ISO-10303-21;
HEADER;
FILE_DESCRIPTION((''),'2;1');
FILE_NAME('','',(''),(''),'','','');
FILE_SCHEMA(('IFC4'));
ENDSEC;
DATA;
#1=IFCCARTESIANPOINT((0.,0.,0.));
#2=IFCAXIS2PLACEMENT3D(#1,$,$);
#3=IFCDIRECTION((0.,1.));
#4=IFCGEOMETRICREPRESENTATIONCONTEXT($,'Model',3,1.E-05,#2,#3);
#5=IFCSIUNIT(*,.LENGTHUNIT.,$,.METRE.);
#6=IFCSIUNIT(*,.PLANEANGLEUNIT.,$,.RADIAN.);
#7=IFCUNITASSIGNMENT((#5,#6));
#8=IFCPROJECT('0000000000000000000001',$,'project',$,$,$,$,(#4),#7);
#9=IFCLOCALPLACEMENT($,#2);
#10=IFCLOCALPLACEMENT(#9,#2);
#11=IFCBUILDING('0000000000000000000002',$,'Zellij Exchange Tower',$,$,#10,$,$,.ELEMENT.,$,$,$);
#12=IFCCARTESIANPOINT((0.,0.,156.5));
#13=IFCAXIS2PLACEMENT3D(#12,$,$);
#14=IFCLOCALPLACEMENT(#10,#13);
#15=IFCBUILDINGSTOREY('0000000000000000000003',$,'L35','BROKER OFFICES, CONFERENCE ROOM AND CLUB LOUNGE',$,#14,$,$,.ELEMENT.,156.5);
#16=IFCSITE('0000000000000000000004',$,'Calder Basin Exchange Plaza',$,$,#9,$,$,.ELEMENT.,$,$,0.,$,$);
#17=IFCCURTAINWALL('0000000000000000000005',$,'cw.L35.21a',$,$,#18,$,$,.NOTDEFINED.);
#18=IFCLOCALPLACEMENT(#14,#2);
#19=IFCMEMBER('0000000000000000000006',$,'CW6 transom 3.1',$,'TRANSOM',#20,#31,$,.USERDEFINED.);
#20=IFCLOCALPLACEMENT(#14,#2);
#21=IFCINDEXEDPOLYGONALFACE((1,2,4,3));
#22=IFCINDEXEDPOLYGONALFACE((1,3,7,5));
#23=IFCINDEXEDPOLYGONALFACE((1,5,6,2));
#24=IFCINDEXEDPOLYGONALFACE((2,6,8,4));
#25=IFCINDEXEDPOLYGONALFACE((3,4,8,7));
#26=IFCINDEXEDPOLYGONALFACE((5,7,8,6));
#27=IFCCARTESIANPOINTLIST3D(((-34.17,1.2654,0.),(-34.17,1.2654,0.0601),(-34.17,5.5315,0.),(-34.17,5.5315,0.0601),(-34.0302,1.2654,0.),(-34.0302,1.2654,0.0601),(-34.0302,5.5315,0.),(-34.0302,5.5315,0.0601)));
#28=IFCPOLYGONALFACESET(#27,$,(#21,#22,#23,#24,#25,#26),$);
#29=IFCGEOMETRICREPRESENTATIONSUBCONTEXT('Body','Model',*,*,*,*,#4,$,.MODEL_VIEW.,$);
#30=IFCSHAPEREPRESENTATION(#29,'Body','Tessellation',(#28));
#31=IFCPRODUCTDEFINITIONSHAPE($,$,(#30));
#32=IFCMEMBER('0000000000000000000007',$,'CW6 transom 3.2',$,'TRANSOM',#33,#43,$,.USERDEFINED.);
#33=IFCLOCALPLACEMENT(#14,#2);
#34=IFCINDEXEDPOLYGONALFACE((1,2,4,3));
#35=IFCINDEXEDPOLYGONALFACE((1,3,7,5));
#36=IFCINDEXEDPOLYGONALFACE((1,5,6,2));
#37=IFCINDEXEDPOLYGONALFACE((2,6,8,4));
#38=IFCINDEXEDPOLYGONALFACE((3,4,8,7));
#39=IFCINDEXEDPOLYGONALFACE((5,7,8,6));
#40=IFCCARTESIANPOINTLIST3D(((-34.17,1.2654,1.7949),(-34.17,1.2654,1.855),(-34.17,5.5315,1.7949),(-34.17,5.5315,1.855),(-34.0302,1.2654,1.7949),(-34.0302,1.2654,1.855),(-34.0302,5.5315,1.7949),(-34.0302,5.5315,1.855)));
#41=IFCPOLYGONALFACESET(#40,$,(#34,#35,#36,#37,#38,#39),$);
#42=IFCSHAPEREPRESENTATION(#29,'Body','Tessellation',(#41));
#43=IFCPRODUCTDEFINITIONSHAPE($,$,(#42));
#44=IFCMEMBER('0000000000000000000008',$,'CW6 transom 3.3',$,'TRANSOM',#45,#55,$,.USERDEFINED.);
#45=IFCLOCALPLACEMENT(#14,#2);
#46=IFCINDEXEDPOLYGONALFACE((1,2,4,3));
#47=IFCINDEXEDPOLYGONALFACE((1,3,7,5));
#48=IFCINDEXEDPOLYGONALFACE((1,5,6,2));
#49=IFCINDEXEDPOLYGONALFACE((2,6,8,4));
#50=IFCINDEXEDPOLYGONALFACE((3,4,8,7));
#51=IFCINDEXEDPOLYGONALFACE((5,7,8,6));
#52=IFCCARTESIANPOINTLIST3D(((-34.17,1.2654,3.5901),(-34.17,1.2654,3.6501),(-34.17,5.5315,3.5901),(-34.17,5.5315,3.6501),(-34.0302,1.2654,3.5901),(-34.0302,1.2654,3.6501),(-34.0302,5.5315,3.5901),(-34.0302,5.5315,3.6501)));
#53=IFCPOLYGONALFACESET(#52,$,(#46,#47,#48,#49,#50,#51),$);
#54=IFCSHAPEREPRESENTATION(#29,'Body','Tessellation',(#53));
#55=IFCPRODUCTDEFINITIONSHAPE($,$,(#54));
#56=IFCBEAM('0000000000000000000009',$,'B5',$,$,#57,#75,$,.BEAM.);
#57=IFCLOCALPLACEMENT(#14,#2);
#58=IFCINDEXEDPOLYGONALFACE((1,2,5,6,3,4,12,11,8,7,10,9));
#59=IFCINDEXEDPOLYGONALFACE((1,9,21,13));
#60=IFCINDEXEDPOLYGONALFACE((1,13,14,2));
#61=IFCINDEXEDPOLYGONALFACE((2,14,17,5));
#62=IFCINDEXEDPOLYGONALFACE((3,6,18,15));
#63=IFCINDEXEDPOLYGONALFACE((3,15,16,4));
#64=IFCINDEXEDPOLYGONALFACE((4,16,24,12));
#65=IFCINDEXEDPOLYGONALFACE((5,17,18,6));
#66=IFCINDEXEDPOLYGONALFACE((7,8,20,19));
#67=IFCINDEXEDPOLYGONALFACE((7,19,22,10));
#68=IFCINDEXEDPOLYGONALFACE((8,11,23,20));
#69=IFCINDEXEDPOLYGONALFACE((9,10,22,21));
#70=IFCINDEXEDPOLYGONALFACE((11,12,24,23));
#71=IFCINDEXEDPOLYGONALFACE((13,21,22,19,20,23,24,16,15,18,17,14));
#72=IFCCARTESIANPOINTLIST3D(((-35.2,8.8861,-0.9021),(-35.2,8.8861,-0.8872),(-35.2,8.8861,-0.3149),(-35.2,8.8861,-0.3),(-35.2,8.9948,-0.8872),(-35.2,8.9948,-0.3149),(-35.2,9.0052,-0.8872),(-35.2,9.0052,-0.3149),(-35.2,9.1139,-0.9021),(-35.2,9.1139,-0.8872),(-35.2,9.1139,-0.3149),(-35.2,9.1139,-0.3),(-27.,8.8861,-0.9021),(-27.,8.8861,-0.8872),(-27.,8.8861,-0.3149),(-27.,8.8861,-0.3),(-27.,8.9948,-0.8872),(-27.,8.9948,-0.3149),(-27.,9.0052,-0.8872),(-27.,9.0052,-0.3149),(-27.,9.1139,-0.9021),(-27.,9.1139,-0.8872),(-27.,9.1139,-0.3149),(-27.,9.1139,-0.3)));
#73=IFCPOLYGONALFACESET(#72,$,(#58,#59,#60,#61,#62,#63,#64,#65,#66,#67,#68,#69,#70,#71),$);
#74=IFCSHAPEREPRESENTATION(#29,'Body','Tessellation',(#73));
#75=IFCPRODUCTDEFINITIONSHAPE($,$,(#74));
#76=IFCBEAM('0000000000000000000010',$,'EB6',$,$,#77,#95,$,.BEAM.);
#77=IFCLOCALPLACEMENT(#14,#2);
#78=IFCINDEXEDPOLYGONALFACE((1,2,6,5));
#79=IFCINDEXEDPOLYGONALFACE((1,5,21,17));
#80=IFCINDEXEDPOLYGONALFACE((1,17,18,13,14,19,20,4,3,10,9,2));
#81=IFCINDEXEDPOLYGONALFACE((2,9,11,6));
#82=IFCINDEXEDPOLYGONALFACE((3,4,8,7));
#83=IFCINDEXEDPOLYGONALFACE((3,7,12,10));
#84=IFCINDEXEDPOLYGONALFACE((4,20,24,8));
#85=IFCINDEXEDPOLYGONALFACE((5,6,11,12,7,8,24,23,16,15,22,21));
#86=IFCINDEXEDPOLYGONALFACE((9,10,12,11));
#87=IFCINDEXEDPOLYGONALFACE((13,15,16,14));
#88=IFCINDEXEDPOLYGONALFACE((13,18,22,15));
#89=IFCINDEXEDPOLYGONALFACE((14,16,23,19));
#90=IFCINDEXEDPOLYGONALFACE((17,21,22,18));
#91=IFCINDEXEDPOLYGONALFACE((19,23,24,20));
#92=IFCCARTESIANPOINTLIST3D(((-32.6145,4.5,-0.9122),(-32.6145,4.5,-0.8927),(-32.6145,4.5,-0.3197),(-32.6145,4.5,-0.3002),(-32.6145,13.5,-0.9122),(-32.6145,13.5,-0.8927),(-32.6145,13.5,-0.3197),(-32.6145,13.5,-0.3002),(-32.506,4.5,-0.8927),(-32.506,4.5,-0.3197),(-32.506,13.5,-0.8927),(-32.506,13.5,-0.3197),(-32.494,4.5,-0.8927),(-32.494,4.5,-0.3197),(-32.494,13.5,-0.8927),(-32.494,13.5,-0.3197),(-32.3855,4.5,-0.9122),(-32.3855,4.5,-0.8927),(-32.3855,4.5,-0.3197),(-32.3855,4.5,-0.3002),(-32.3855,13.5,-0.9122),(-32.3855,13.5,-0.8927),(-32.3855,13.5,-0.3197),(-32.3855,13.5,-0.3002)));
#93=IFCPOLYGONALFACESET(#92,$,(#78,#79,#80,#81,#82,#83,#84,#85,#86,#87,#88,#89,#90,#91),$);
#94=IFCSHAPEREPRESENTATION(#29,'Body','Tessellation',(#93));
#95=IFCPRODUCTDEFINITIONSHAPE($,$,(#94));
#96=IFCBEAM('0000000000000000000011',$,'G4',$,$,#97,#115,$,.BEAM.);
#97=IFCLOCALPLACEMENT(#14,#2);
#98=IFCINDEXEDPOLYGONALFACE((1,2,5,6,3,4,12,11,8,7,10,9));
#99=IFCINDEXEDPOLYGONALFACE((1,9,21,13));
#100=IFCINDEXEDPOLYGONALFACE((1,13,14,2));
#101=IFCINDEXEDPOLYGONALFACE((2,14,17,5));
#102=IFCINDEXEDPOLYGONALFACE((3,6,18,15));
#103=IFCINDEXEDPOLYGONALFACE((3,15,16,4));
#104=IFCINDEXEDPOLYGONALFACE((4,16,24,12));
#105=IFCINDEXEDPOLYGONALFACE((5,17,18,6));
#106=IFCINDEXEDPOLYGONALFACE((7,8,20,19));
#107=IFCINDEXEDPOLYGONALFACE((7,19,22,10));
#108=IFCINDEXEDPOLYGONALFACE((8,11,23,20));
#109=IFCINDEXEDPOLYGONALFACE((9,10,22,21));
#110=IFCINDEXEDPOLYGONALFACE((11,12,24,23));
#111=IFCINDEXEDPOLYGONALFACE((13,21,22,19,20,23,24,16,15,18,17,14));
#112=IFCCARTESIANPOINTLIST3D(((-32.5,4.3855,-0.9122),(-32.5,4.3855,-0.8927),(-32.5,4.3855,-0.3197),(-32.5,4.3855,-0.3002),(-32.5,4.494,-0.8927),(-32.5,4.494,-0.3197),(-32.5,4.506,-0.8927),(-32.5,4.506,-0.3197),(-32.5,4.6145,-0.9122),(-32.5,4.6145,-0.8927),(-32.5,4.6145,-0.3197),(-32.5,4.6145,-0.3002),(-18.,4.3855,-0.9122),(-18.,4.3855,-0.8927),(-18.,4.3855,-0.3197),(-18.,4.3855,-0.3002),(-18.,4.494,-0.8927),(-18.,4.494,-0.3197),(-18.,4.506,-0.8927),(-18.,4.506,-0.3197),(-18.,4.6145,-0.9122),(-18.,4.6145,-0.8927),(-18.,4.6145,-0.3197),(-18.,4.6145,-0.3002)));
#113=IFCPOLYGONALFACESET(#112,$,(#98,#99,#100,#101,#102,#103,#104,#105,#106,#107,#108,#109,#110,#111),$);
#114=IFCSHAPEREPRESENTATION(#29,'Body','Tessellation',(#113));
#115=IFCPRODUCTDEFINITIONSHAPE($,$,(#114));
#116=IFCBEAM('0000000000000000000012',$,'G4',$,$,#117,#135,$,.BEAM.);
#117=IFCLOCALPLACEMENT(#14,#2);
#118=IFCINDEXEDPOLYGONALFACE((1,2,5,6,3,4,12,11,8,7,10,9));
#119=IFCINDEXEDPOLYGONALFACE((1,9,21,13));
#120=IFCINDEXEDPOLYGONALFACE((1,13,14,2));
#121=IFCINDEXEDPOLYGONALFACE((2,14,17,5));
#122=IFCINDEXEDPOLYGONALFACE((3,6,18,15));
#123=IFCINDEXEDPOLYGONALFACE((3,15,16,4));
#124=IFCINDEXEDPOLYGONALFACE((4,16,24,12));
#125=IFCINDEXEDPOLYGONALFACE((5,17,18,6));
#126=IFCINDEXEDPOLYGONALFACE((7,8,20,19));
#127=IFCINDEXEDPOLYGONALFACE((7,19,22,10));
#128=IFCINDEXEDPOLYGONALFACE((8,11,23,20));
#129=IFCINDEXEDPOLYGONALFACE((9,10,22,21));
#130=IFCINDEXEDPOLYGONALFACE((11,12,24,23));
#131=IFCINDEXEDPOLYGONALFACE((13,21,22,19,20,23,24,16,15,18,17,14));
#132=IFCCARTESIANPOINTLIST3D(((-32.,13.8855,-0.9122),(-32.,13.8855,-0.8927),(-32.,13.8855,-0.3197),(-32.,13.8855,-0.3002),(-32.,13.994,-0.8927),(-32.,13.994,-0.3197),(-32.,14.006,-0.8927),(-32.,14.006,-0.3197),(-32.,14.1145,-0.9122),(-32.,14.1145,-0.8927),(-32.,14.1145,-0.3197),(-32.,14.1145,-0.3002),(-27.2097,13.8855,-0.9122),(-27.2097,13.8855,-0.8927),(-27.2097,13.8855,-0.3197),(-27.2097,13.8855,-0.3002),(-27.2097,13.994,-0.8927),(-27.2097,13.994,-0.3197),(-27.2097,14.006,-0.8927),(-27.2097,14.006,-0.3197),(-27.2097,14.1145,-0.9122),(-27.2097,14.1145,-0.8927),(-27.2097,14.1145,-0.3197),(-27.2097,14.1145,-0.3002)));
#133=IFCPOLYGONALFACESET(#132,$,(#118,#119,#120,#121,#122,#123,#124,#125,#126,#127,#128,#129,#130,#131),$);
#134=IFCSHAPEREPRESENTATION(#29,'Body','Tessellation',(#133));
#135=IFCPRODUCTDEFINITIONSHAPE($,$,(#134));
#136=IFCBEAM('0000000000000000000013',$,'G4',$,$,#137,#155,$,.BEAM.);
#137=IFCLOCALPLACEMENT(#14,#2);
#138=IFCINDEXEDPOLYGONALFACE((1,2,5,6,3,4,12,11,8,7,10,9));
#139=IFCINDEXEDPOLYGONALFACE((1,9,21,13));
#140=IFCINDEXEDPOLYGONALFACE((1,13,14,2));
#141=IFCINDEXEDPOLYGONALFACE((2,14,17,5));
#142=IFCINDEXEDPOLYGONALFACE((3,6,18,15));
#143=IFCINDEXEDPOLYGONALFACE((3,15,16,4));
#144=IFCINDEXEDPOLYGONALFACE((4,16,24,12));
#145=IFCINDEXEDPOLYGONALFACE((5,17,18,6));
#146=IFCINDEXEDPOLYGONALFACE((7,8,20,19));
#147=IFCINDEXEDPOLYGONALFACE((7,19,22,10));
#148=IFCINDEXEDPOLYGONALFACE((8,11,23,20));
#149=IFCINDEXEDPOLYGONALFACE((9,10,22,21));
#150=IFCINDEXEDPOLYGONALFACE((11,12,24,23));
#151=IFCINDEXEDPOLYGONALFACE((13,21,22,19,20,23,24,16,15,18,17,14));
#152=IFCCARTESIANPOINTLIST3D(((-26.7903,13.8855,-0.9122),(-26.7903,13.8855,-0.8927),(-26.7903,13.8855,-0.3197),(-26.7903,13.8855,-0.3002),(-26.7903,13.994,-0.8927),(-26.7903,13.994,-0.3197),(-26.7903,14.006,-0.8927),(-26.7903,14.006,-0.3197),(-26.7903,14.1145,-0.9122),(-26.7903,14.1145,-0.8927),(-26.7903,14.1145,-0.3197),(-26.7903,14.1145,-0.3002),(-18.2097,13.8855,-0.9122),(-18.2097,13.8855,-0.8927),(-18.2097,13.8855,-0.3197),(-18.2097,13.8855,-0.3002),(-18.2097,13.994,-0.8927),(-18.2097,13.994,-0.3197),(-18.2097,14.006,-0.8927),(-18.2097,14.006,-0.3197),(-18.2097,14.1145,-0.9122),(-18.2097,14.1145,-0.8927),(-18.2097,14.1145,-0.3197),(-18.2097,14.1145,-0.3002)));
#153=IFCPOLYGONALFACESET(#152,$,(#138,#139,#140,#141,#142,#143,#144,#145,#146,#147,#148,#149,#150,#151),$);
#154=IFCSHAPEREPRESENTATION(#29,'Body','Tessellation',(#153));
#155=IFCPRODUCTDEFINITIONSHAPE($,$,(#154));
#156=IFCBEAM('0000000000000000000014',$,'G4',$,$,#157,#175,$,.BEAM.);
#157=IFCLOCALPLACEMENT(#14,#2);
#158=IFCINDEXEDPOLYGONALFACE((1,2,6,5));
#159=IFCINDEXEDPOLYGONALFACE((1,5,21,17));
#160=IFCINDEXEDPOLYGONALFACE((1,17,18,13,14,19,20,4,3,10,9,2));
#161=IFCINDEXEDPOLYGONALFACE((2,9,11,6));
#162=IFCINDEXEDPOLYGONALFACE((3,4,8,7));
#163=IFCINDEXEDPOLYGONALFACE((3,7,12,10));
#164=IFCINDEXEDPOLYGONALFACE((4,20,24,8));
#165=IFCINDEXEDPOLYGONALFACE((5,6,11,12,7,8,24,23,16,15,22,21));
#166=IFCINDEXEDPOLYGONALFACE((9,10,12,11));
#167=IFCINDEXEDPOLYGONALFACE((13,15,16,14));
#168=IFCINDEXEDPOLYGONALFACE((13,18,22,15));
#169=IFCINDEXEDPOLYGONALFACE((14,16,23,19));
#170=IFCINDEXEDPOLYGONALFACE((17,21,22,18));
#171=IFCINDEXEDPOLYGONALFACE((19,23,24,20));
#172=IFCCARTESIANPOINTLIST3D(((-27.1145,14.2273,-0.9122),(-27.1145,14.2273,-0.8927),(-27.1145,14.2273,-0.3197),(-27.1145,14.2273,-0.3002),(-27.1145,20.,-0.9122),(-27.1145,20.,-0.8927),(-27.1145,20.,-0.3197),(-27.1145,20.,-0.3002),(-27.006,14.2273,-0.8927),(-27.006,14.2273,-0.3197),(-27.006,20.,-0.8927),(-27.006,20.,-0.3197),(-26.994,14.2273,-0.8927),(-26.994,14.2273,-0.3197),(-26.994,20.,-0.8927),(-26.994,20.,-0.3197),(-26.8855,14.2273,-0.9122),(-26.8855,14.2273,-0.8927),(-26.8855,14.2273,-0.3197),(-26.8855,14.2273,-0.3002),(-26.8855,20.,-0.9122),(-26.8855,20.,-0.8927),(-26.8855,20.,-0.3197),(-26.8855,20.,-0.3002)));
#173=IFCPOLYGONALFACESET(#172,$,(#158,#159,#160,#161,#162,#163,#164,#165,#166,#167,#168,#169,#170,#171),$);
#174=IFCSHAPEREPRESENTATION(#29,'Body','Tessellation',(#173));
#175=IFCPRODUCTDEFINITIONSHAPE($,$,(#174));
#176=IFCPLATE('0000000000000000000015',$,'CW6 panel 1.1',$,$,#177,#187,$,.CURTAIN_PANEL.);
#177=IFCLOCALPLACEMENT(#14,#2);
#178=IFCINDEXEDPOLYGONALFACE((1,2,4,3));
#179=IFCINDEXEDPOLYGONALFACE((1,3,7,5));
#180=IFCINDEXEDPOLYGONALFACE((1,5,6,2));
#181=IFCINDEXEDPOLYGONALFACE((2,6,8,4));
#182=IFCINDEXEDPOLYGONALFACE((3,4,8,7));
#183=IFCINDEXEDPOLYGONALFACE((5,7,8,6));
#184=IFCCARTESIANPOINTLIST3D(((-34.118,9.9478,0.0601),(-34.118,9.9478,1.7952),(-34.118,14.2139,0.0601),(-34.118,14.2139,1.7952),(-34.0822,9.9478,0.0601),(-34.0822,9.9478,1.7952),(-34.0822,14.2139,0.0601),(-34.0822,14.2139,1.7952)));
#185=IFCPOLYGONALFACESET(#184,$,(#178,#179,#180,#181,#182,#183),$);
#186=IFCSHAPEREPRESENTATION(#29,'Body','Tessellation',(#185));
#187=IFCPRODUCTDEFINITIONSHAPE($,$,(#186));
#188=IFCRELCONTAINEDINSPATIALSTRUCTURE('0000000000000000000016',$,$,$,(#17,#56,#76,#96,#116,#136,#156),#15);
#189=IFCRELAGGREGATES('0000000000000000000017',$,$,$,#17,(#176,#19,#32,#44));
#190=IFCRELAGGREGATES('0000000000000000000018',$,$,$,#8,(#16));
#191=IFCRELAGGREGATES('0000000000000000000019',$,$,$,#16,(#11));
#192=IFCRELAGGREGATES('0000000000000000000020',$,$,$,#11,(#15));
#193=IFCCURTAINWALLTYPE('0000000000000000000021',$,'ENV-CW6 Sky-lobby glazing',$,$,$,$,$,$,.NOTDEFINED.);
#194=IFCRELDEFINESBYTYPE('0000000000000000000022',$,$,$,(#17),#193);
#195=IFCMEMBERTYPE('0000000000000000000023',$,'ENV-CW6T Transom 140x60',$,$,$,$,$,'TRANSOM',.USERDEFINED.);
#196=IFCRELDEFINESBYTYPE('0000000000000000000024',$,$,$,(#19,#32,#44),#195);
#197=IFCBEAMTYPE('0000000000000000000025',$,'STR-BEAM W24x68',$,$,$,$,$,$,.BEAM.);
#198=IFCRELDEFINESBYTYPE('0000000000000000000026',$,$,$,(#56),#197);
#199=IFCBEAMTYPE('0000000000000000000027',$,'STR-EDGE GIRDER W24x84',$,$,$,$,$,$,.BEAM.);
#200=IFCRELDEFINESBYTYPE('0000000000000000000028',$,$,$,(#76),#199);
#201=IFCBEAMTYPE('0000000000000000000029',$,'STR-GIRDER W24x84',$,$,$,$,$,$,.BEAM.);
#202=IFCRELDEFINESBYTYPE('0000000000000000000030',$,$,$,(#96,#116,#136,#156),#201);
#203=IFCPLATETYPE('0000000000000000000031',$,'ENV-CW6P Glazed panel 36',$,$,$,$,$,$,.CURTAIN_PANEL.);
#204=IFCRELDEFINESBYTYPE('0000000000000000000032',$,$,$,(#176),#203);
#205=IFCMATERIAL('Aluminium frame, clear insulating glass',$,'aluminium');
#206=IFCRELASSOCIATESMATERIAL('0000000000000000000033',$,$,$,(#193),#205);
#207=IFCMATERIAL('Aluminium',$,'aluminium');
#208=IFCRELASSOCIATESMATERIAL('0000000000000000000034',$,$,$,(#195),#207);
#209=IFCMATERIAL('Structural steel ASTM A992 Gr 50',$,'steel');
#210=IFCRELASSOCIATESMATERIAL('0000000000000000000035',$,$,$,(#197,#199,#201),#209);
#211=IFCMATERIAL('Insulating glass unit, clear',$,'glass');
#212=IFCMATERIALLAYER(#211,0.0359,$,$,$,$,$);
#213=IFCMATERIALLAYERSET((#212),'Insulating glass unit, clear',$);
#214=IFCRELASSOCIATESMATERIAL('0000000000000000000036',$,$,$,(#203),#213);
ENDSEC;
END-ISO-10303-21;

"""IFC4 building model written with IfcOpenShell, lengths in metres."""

from ifc_helpers import new_model, si_unit, direction, frame, origin, origin_2d, place, context, subcontext, project, spatial, rectangle, i_section, extrude, material, layer, layer_set, material_profile, profile_set, type_object, element, aggregate, save


model = new_model("IFC4")

# Units and contexts
model_context = context("Model", 3, precision=1e-05, world=origin(), true_north=direction((0.0, 1.0)))
body_context = subcontext(model_context, "Body", "Model", "MODEL_VIEW")
ifc_project = project(units=[si_unit("LENGTHUNIT", "METRE"), si_unit("PLANEANGLEUNIT", "RADIAN")], contexts=[model_context])

# Site, building, storey
site_placement = place(None, origin())
site = spatial("IfcSite", under=ifc_project, at=site_placement, Name="Calder Basin Exchange Plaza", CompositionType="ELEMENT", RefElevation=0.0)
building_placement = place(site_placement, origin())
building = spatial("IfcBuilding", under=site, at=building_placement, Name="Zellij Exchange Tower", CompositionType="ELEMENT")
storey_placement = place(building_placement, frame((0.0, 0.0, 156.5)))
storey = spatial("IfcBuildingStorey", under=building, at=storey_placement, Name="L35", Description="BROKER OFFICES, CONFERENCE ROOM AND CLUB LOUNGE", CompositionType="ELEMENT", Elevation=156.5)

# Curtain wall, members
ifc_material_1 = material(Name="Aluminium frame, clear insulating glass", Category="aluminium")
curtain_wall_type = type_object("IfcCurtainWallType", Name="ENV-CW6 Sky-lobby glazing", PredefinedType="NOTDEFINED", material=ifc_material_1)
curtain_wall_placement = place(storey_placement, origin())
curtain_wall = element("IfcCurtainWall", 1, at=curtain_wall_placement, inside=storey, type_object=curtain_wall_type, Name="cw.L35.21a", PredefinedType="NOTDEFINED")
ifc_material_2 = material(Name="Aluminium", Category="aluminium")
ifc_material_profile_1 = material_profile(ifc_material_2, rectangle(XDim=0.1399, YDim=0.0601, at=origin_2d()), Name="AL 140x60")
ifc_profile_set_1 = profile_set([ifc_material_profile_1], Name="Aluminium")
member_type_1 = type_object("IfcMemberType", Name="ENV-CW6T Transom 140x60", ElementType="TRANSOM", PredefinedType="USERDEFINED", material=ifc_profile_set_1)
member_1_placement = place(storey_placement, frame((-34.1001, 5.5315, 0.03), z_axis=(0.0, -1.0, 0.0), x_axis=(1.0, 0.0, 0.0)))
member_1 = element("IfcMember", 2, at=member_1_placement, type_object=member_type_1, Name="CW6 transom 3.1", ObjectType="TRANSOM", PredefinedType="USERDEFINED", context=body_context, shape_type="SweptSolid", body=[
    extrude(rectangle(XDim=0.1399, YDim=0.0601, at=origin_2d()), origin(), (0.0, 0.0, 1.0), 4.2661),
])
member_2_placement = place(storey_placement, frame((-34.1001, 5.5315, 1.825), z_axis=(0.0, -1.0, 0.0), x_axis=(1.0, 0.0, 0.0)))
member_2 = element("IfcMember", 3, at=member_2_placement, type_object=member_type_1, Name="CW6 transom 3.2", ObjectType="TRANSOM", PredefinedType="USERDEFINED", context=body_context, shape_type="SweptSolid", body=[
    extrude(rectangle(XDim=0.1399, YDim=0.0601, at=origin_2d()), origin(), (0.0, 0.0, 1.0), 4.2661),
])
member_3_placement = place(storey_placement, frame((-34.1001, 5.5315, 3.6201), z_axis=(0.0, -1.0, 0.0), x_axis=(1.0, 0.0, 0.0)))
member_3 = element("IfcMember", 4, at=member_3_placement, type_object=member_type_1, Name="CW6 transom 3.3", ObjectType="TRANSOM", PredefinedType="USERDEFINED", context=body_context, shape_type="SweptSolid", body=[
    extrude(rectangle(XDim=0.1399, YDim=0.0601, at=origin_2d()), origin(), (0.0, 0.0, 1.0), 4.2661),
])

# Beams
ifc_material_3 = material(Name="Structural steel ASTM A992 Gr 50", Category="steel")
ifc_material_profile_2 = material_profile(ifc_material_3, i_section(OverallWidth=0.2278, OverallDepth=0.6021, WebThickness=0.0105, FlangeThickness=0.0149, at=origin_2d()), Name="W24x68")
ifc_profile_set_2 = profile_set([ifc_material_profile_2], Name="Structural steel ASTM A992 Gr 50")
beam_type_1 = type_object("IfcBeamType", Name="STR-BEAM W24x68", PredefinedType="BEAM", material=ifc_profile_set_2)
beam_1_placement = place(storey_placement, frame((-35.2, 9.0, -0.6011), z_axis=(1.0, 0.0, 0.0), x_axis=(0.0, 1.0, 0.0)))
element("IfcBeam", 5, at=beam_1_placement, inside=storey, type_object=beam_type_1, Name="B5", PredefinedType="BEAM", context=body_context, shape_type="SweptSolid", body=[
    extrude(i_section(OverallWidth=0.2278, OverallDepth=0.6021, WebThickness=0.0105, FlangeThickness=0.0149, at=origin_2d()), origin(), (0.0, 0.0, 1.0), 8.2),
])
ifc_material_profile_3 = material_profile(ifc_material_3, i_section(OverallWidth=0.229, OverallDepth=0.6121, WebThickness=0.012, FlangeThickness=0.0195, at=origin_2d()), Name="W24x84")
ifc_profile_set_3 = profile_set([ifc_material_profile_3], Name="Structural steel ASTM A992 Gr 50")
beam_type_2 = type_object("IfcBeamType", Name="STR-EDGE GIRDER W24x84", PredefinedType="BEAM", material=ifc_profile_set_3)
beam_2_placement = place(storey_placement, frame((-32.5, 4.5, -0.6062), z_axis=(0.0, 1.0, 0.0), x_axis=(-1.0, 0.0, 0.0)))
element("IfcBeam", 6, at=beam_2_placement, inside=storey, type_object=beam_type_2, Name="EB6", PredefinedType="BEAM", context=body_context, shape_type="SweptSolid", body=[
    extrude(i_section(OverallWidth=0.229, OverallDepth=0.6121, WebThickness=0.012, FlangeThickness=0.0195, at=origin_2d()), origin(), (0.0, 0.0, 1.0), 9.0),
])
ifc_material_profile_4 = material_profile(ifc_material_3, i_section(OverallWidth=0.229, OverallDepth=0.6121, WebThickness=0.012, FlangeThickness=0.0195, at=origin_2d()), Name="W24x84")
ifc_profile_set_4 = profile_set([ifc_material_profile_4], Name="Structural steel ASTM A992 Gr 50")
beam_type_3 = type_object("IfcBeamType", Name="STR-GIRDER W24x84", PredefinedType="BEAM", material=ifc_profile_set_4)
beam_3_placement = place(storey_placement, frame((-32.5, 4.5, -0.6062), z_axis=(1.0, 0.0, 0.0), x_axis=(0.0, 1.0, 0.0)))
element("IfcBeam", 7, at=beam_3_placement, inside=storey, type_object=beam_type_3, Name="G4", PredefinedType="BEAM", context=body_context, shape_type="SweptSolid", body=[
    extrude(i_section(OverallWidth=0.229, OverallDepth=0.6121, WebThickness=0.012, FlangeThickness=0.0195, at=origin_2d()), origin(), (0.0, 0.0, 1.0), 14.5),
])
beam_4_placement = place(storey_placement, frame((-32.0, 14.0, -0.6062), z_axis=(1.0, 0.0, 0.0), x_axis=(0.0, 1.0, 0.0)))
element("IfcBeam", 8, at=beam_4_placement, inside=storey, type_object=beam_type_3, Name="G4", PredefinedType="BEAM", context=body_context, shape_type="SweptSolid", body=[
    extrude(i_section(OverallWidth=0.229, OverallDepth=0.6121, WebThickness=0.012, FlangeThickness=0.0195, at=origin_2d()), origin(), (0.0, 0.0, 1.0), 4.7903),
])
beam_5_placement = place(storey_placement, frame((-26.7903, 14.0, -0.6062), z_axis=(1.0, 0.0, 0.0), x_axis=(0.0, 1.0, 0.0)))
element("IfcBeam", 9, at=beam_5_placement, inside=storey, type_object=beam_type_3, Name="G4", PredefinedType="BEAM", context=body_context, shape_type="SweptSolid", body=[
    extrude(i_section(OverallWidth=0.229, OverallDepth=0.6121, WebThickness=0.012, FlangeThickness=0.0195, at=origin_2d()), origin(), (0.0, 0.0, 1.0), 8.5806),
])
beam_6_placement = place(storey_placement, frame((-27.0, 14.2273, -0.6062), z_axis=(0.0, 1.0, 0.0), x_axis=(-1.0, 0.0, 0.0)))
element("IfcBeam", 10, at=beam_6_placement, inside=storey, type_object=beam_type_3, Name="G4", PredefinedType="BEAM", context=body_context, shape_type="SweptSolid", body=[
    extrude(i_section(OverallWidth=0.229, OverallDepth=0.6121, WebThickness=0.012, FlangeThickness=0.0195, at=origin_2d()), origin(), (0.0, 0.0, 1.0), 5.7727),
])

# Plate
ifc_material_4 = material(Name="Insulating glass unit, clear", Category="glass")
ifc_layer_1 = layer(ifc_material_4, 0.0359)
ifc_layer_set_1 = layer_set([ifc_layer_1], Name="Insulating glass unit, clear")
plate_type = type_object("IfcPlateType", Name="ENV-CW6P Glazed panel 36", PredefinedType="CURTAIN_PANEL", material=ifc_layer_set_1)
plate_1_placement = place(storey_placement, frame((-34.1001, 12.0808, 0.0601), z_axis=(0.0, 0.0, 1.0), x_axis=(0.0, -1.0, 0.0)))
plate_1 = element("IfcPlate", 11, at=plate_1_placement, type_object=plate_type, Name="CW6 panel 1.1", PredefinedType="CURTAIN_PANEL", context=body_context, shape_type="SweptSolid", body=[
    extrude(rectangle(XDim=4.2661, YDim=0.0359, at=origin_2d()), origin(), (0.0, 0.0, 1.0), 1.7351),
])
aggregate(curtain_wall, [plate_1, member_1, member_2, member_3])

save(model, "model.ifc")
